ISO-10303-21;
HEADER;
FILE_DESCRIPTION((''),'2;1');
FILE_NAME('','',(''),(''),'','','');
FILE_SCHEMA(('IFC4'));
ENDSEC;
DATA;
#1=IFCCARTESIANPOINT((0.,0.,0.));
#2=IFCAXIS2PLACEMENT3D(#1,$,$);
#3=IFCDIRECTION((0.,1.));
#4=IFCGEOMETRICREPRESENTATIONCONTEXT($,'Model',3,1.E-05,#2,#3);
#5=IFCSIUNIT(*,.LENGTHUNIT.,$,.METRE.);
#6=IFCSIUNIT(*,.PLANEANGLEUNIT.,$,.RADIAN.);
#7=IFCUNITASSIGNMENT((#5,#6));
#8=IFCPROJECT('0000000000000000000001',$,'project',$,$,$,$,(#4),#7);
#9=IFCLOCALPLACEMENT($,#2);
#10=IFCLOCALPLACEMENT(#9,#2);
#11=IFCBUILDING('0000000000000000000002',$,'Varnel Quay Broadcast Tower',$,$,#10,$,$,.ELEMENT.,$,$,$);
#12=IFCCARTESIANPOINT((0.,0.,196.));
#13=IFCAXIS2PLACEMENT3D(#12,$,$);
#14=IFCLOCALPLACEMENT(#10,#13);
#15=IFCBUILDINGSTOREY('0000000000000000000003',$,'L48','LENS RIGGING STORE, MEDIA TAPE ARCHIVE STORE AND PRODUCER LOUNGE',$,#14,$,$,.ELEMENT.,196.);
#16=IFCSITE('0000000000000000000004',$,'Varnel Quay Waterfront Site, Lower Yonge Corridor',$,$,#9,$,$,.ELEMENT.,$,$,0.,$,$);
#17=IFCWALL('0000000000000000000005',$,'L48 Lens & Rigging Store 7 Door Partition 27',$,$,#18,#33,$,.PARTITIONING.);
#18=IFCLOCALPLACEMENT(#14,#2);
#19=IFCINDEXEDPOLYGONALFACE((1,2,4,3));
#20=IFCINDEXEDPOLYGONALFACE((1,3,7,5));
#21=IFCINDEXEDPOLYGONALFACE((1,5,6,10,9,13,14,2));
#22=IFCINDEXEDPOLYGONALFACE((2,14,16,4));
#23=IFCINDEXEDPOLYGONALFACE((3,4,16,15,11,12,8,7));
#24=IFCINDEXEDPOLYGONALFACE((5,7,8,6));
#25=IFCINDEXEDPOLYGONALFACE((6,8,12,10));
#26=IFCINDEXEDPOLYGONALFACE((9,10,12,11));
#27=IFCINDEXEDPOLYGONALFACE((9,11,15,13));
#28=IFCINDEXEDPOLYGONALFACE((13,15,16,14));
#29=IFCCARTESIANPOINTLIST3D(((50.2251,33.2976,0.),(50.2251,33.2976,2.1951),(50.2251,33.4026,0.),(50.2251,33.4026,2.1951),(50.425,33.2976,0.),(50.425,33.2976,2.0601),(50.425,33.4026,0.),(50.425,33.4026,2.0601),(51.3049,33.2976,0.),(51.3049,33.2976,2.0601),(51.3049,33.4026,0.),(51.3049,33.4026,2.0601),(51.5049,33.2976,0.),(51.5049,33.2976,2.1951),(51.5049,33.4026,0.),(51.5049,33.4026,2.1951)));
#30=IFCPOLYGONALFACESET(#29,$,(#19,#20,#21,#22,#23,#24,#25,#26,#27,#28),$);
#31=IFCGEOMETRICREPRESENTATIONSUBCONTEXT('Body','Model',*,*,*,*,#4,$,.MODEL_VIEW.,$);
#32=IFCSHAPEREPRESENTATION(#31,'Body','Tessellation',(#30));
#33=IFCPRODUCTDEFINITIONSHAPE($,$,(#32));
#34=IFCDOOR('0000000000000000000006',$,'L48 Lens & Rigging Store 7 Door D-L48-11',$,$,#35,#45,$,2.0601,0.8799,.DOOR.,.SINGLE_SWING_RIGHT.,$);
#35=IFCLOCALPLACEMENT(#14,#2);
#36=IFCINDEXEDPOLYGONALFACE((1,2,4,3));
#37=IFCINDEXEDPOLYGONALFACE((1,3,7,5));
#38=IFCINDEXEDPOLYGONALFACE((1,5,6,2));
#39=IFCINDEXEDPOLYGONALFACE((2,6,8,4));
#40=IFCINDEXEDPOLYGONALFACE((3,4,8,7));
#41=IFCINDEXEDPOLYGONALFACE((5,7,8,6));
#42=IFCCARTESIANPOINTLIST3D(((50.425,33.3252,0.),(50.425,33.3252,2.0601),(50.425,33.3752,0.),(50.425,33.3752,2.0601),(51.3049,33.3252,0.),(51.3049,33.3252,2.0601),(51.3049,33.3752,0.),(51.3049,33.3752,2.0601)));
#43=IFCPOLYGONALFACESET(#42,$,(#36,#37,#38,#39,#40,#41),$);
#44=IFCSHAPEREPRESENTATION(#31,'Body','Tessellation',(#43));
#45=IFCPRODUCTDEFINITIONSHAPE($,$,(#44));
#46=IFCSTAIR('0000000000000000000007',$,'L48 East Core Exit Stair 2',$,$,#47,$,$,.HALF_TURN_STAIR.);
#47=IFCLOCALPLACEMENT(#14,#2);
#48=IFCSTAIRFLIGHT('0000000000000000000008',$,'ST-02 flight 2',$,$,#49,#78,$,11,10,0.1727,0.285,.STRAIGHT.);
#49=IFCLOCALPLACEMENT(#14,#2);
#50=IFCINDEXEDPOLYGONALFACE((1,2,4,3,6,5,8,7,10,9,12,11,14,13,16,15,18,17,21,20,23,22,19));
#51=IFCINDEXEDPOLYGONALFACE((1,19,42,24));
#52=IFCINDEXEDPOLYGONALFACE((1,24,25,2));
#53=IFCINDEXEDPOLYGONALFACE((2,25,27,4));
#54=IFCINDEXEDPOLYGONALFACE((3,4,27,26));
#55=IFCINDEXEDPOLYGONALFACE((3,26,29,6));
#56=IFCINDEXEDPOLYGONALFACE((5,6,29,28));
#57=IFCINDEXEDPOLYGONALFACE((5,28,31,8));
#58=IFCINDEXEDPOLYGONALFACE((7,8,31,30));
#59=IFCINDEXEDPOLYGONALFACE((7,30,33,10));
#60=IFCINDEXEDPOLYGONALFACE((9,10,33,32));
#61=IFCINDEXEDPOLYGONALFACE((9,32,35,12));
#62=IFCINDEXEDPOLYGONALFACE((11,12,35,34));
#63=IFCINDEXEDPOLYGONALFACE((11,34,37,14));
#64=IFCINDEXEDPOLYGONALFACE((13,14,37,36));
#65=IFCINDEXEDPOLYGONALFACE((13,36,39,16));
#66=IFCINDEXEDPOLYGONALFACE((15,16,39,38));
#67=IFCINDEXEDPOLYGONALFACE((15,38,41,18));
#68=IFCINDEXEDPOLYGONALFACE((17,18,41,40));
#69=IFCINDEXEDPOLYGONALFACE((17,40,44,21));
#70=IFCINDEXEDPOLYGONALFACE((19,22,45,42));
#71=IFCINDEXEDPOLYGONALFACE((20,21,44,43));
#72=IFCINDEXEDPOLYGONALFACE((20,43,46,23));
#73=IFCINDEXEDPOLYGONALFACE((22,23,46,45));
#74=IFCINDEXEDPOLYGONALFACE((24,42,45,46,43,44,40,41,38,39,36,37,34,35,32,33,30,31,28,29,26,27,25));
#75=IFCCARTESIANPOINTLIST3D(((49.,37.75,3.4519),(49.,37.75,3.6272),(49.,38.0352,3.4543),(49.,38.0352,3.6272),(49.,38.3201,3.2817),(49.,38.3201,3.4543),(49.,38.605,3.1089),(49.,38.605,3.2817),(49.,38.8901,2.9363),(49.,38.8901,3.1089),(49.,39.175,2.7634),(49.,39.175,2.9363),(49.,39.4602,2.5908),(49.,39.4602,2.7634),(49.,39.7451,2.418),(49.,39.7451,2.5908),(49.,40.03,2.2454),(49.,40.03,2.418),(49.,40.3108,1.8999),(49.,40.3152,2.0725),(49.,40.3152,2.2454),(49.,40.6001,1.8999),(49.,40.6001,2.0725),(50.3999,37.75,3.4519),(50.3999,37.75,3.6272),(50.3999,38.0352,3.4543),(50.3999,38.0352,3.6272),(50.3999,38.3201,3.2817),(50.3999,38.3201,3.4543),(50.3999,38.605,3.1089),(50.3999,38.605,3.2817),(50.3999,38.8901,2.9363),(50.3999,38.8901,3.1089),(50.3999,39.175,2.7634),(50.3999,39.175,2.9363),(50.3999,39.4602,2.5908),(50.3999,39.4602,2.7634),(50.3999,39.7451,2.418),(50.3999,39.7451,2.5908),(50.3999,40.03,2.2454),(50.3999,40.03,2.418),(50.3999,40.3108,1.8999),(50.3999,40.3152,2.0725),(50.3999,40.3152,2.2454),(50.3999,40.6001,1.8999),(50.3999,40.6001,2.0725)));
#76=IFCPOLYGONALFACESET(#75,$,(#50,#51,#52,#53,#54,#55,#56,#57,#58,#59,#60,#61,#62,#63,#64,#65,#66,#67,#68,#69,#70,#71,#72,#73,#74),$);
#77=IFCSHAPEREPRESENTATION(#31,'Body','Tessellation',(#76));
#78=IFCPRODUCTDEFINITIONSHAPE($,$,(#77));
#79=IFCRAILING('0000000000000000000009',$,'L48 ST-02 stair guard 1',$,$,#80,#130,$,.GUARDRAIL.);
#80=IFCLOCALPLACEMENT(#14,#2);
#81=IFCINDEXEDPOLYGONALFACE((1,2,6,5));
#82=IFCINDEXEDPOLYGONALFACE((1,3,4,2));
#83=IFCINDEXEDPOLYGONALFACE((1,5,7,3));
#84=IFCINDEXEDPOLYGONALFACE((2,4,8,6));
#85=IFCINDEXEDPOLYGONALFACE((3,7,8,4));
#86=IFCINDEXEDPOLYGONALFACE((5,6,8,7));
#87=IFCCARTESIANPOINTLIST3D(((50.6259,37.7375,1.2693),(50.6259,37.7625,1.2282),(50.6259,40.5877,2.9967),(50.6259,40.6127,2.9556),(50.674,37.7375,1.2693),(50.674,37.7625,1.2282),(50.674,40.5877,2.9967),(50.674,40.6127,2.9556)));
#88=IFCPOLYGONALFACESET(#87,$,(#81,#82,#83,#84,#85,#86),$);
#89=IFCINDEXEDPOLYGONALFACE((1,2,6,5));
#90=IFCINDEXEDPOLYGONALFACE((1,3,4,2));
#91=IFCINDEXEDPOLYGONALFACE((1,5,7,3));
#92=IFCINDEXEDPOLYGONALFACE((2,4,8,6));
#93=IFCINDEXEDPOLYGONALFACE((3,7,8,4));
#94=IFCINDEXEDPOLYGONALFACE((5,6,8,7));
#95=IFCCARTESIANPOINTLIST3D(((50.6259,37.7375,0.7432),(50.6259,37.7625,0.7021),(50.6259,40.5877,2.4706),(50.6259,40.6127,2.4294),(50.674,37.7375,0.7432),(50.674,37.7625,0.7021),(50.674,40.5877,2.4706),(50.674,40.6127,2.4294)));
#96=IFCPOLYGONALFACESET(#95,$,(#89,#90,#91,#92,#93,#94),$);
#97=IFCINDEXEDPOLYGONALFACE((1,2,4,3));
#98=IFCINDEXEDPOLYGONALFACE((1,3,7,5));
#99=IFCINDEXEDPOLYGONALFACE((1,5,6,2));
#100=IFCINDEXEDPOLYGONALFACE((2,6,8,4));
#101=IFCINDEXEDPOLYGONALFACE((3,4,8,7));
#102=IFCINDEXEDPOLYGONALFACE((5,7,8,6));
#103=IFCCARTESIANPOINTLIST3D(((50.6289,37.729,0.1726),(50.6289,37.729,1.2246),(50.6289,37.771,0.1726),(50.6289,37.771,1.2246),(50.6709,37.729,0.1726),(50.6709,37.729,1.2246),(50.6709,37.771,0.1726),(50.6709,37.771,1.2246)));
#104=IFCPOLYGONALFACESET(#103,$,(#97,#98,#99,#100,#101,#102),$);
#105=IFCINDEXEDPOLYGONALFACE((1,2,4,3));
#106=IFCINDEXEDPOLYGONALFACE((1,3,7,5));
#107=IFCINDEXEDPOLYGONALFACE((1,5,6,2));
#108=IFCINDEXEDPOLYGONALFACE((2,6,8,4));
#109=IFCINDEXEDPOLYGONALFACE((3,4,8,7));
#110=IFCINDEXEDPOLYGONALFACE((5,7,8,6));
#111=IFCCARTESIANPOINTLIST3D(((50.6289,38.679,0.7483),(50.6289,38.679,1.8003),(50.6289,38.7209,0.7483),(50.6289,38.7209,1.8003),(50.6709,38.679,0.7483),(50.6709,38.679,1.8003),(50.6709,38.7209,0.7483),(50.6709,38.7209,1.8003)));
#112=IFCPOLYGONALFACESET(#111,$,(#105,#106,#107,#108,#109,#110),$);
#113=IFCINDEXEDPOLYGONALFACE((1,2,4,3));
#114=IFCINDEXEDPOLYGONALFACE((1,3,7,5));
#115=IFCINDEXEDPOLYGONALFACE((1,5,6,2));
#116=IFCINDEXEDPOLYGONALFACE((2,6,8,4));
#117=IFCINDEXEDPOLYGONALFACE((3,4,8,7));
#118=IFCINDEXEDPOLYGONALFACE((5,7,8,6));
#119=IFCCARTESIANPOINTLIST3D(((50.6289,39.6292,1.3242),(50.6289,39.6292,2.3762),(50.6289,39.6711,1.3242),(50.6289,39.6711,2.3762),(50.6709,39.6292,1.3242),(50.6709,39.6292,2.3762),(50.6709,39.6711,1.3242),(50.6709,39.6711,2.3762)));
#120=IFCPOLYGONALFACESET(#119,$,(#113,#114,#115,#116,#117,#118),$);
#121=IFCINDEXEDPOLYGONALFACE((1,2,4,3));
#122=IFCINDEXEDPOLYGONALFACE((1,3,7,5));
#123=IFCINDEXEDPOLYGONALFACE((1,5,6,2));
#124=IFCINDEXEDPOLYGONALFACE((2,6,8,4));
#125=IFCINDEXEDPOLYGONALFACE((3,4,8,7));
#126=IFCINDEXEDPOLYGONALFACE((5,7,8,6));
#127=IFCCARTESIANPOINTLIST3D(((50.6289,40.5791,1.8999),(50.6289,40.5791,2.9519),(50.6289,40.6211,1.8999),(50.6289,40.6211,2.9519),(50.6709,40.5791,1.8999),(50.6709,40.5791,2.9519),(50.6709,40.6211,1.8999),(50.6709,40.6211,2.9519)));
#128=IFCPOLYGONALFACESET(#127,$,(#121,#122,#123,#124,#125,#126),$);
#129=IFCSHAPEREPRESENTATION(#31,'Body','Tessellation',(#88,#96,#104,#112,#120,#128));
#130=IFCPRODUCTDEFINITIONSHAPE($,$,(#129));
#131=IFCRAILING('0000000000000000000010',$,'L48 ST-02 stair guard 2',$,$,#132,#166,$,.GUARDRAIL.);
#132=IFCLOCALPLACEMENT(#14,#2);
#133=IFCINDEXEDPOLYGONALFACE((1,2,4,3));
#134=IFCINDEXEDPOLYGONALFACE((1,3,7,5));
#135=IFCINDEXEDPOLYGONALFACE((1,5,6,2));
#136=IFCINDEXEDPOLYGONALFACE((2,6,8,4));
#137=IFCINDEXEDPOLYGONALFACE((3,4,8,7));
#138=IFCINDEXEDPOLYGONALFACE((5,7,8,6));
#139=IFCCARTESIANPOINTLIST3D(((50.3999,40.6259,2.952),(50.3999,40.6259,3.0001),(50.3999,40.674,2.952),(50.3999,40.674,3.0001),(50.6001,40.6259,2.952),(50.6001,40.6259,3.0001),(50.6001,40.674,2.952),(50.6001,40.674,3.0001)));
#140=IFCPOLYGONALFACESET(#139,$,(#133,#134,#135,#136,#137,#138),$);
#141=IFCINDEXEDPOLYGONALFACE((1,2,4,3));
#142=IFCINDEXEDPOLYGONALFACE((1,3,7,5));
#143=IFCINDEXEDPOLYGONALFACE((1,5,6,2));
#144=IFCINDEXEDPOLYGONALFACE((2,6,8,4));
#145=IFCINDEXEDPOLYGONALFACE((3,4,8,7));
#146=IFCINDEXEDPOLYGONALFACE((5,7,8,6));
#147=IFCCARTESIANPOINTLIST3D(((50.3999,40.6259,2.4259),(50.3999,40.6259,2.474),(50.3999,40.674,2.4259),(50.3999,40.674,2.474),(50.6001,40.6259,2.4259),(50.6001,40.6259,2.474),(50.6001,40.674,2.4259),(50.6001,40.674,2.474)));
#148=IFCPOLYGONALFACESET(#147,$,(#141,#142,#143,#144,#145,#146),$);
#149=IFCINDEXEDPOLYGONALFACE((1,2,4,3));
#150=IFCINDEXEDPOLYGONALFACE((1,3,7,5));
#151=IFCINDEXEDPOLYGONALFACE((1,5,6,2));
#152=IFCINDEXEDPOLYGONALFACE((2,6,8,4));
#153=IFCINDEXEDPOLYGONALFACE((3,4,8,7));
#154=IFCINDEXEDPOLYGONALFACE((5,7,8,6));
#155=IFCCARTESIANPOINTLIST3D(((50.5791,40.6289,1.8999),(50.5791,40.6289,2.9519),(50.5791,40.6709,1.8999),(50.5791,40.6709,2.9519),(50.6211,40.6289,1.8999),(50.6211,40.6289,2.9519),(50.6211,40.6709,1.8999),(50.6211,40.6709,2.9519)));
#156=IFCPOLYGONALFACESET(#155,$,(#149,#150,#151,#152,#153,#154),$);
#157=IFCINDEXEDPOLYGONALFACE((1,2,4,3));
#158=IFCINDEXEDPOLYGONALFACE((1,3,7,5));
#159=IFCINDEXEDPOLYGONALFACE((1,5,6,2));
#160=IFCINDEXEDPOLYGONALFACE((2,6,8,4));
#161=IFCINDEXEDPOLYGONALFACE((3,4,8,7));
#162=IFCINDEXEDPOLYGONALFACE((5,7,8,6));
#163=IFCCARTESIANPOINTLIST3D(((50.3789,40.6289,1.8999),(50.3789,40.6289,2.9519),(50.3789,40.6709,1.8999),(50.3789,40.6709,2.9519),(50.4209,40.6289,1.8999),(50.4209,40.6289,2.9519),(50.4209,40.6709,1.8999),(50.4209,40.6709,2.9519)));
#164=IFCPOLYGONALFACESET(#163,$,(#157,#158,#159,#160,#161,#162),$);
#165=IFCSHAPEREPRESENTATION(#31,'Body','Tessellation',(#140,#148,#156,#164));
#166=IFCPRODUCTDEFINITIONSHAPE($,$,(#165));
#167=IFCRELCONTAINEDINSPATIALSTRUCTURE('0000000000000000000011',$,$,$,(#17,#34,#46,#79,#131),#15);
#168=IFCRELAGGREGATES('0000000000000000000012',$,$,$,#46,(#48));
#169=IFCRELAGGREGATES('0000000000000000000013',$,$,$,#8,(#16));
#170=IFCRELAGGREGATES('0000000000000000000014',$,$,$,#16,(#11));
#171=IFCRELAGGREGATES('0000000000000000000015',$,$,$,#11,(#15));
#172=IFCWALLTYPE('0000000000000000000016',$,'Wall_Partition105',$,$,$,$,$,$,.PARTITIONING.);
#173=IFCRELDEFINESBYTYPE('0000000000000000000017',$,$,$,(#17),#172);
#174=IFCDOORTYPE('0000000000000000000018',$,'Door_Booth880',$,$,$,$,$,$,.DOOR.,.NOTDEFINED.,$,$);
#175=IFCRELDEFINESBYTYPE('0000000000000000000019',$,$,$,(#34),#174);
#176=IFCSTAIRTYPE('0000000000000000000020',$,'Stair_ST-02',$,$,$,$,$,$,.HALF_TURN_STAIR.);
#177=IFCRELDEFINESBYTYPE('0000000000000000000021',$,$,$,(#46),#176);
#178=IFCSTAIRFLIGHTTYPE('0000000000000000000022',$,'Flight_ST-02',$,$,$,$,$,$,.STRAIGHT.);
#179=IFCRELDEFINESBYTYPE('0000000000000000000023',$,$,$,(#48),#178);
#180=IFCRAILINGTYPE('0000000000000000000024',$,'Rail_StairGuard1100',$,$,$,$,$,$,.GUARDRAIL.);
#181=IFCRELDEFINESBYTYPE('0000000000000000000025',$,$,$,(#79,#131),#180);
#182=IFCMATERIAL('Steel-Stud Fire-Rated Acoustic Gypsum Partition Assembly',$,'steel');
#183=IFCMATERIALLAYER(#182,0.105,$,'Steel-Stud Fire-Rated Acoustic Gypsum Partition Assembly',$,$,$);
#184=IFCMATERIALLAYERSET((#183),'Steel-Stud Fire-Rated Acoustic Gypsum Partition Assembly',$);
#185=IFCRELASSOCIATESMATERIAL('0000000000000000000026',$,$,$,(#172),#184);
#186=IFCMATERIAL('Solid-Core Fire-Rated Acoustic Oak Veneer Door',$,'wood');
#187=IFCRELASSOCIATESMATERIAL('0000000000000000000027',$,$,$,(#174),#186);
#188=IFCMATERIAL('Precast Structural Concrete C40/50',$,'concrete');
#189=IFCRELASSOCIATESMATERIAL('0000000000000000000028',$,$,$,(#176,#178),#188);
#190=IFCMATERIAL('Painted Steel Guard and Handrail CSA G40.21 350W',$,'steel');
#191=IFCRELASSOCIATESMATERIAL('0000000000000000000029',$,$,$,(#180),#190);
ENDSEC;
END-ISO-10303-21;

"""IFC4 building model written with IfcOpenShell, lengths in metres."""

from ifc_helpers import new_model, si_unit, direction, frame, frame_2d, origin, origin_2d, place, context, subcontext, project, spatial, polyline, rectangle, outline, extrude, source, transform, mapped, material, layer, layer_set, type_object, type_shapes, element, fill, aggregate, save


model = new_model("IFC4")

# Units and contexts
model_context = context("Model", 3, precision=1e-05, world=origin(), true_north=direction((0.0, 1.0)))
body_context = subcontext(model_context, "Body", "Model", "MODEL_VIEW")
ifc_project = project(units=[si_unit("LENGTHUNIT", "METRE"), si_unit("PLANEANGLEUNIT", "RADIAN")], contexts=[model_context])

# Site, building, storey
site_placement = place(None, origin())
site = spatial("IfcSite", under=ifc_project, at=site_placement, Name="Varnel Quay Waterfront Site, Lower Yonge Corridor", CompositionType="ELEMENT", RefElevation=0.0)
building_placement = place(site_placement, origin())
building = spatial("IfcBuilding", under=site, at=building_placement, Name="Varnel Quay Broadcast Tower", CompositionType="ELEMENT")
storey_placement = place(building_placement, frame((0.0, 0.0, 196.0)))
storey = spatial("IfcBuildingStorey", under=building, at=storey_placement, Name="L48", Description="LENS RIGGING STORE, MEDIA TAPE ARCHIVE STORE AND PRODUCER LOUNGE", CompositionType="ELEMENT", Elevation=196.0)

# Wall, opening, door
ifc_material_1 = material(Name="Steel-Stud Fire-Rated Acoustic Gypsum Partition Assembly", Category="steel")
ifc_layer_1 = layer(ifc_material_1, 0.105, Name="Steel-Stud Fire-Rated Acoustic Gypsum Partition Assembly")
ifc_layer_set_1 = layer_set([ifc_layer_1], Name="Steel-Stud Fire-Rated Acoustic Gypsum Partition Assembly")
wall_type_1 = type_object("IfcWallType", Name="Wall_Partition105", PredefinedType="PARTITIONING", material=ifc_layer_set_1)
wall_1_placement = place(storey_placement, frame((50.2251, 33.3501, 0.0), z_axis=(0.0, 0.0, 1.0), x_axis=(1.0, 0.0, 0.0)))
wall_1 = element("IfcWall", 1, at=wall_1_placement, inside=storey, type_object=wall_type_1, Name="L48 Lens & Rigging Store 7 Door Partition 27", PredefinedType="PARTITIONING", context=body_context, shape_type="SweptSolid", body=[
    extrude(rectangle(XDim=1.2798, YDim=0.105, at=frame_2d((0.6399, 0.0))), origin(), (0.0, 0.0, 1.0), 2.1951),
])
opening_1_placement = place(wall_1_placement, frame((0.2, 0.0, 0.0)))
opening_1 = element("IfcOpeningElement", 2, at=opening_1_placement, cuts=wall_1, PredefinedType="OPENING", context=body_context, shape_type="SweptSolid", body=[
    extrude(rectangle(XDim=0.8799, YDim=2.0601, at=frame_2d((0.4399, 1.03))), frame((0.0, 0.0625, 0.0), z_axis=(0.0, -1.0, 0.0), x_axis=(1.0, 0.0, 0.0)), (0.0, 0.0, 1.0), 0.125),
])
ifc_material_2 = material(Name="Solid-Core Fire-Rated Acoustic Oak Veneer Door", Category="wood")
door_type_1 = type_object("IfcDoorType", Name="Door_Booth880", OperationType="NOTDEFINED", PredefinedType="DOOR", material=ifc_material_2)
shared_shape_1 = source(origin(), body_context, "Body", "SweptSolid", [
    extrude(rectangle(XDim=0.8799, YDim=2.0601, at=frame_2d((0.4399, 1.03))), frame((0.0, 0.0249, 0.0), z_axis=(0.0, -1.0, 0.0), x_axis=(1.0, 0.0, 0.0)), (0.0, 0.0, 1.0), 0.05),
])
type_shapes(door_type_1, [shared_shape_1])
door_1_placement = place(opening_1_placement, frame((0.8799, 0.0, 0.0), z_axis=(0.0, 0.0, 1.0), x_axis=(-1.0, 0.0, 0.0)))
door_1 = element("IfcDoor", 3, at=door_1_placement, inside=storey, type_object=door_type_1, Name="L48 Lens & Rigging Store 7 Door D-L48-11", OperationType="SINGLE_SWING_RIGHT", OverallHeight=2.0601, OverallWidth=0.8799, PredefinedType="DOOR", context=body_context, shape_type="MappedRepresentation", body=[
    mapped(shared_shape_1, transform((0.0, 0.0, 0.0), x_axis=(1.0, 0.0, 0.0), y_axis=(0.0, 1.0, 0.0), z_axis=(0.0, 0.0, 1.0), scale=1.0)),
])
fill(opening_1, door_1)

# Stair, stair flight
ifc_material_3 = material(Name="Precast Structural Concrete C40/50", Category="concrete")
stair_type = type_object("IfcStairType", Name="Stair_ST-02", PredefinedType="HALF_TURN_STAIR", material=ifc_material_3)
stair_placement = place(storey_placement, origin())
stair = element("IfcStair", 4, at=stair_placement, inside=storey, type_object=stair_type, Name="L48 East Core Exit Stair 2", PredefinedType="HALF_TURN_STAIR")
stair_flight_type = type_object("IfcStairFlightType", Name="Flight_ST-02", PredefinedType="STRAIGHT", material=ifc_material_3)
stair_flight_placement = place(storey_placement, frame((49.7, 40.6001, 1.8999), z_axis=(0.0, 0.0, 1.0), x_axis=(0.0, -1.0, 0.0)))
stair_flight = element("IfcStairFlight", 5, at=stair_flight_placement, type_object=stair_flight_type, Name="ST-02 flight 2", NumberOfRisers=11, NumberOfTreads=10, PredefinedType="STRAIGHT", RiserHeight=0.1727, TreadLength=0.285, context=body_context, shape_type="SweptSolid", body=[
    extrude(outline(polyline([(0.0, 0.0), (0.0, 0.1726), (0.2849, 0.1726), (0.2849, 0.3455), (0.5701, 0.3455), (0.5701, 0.5181), (0.855, 0.5181), (0.855, 0.6909), (1.1399, 0.6909), (1.1399, 0.8635), (1.425, 0.8635), (1.425, 1.0364), (1.71, 1.0364), (1.71, 1.209), (1.9951, 1.209), (1.9951, 1.3818), (2.28, 1.3818), (2.28, 1.5544), (2.5649, 1.5544), (2.5649, 1.7273), (2.8501, 1.7273), (2.8501, 1.8999), (2.8501, 1.552), (0.2893, 0.0), (0.0, 0.0)])), frame((0.0, 0.7, 0.0), z_axis=(0.0, -1.0, 0.0), x_axis=(1.0, 0.0, 0.0)), (0.0, 0.0, 1.0), 1.3999),
])
aggregate(stair, [stair_flight])

# Railings
ifc_material_4 = material(Name="Painted Steel Guard and Handrail CSA G40.21 350W", Category="steel")
railing_type_1 = type_object("IfcRailingType", Name="Rail_StairGuard1100", PredefinedType="GUARDRAIL", material=ifc_material_4)
railing_1_placement = place(storey_placement, frame((50.6499, 37.75, 0.1726)))
element("IfcRailing", 6, at=railing_1_placement, inside=storey, type_object=railing_type_1, Name="L48 ST-02 stair guard 1", PredefinedType="GUARDRAIL", context=body_context, shape_type="SweptSolid", body=[
    extrude(rectangle(XDim=0.0481, YDim=0.0481, at=origin_2d()), frame((0.0, 0.0, 1.0762), z_axis=(0.0, 0.855203, 0.518294), x_axis=(-1.0, 0.0, 0.0)), (0.0, 0.0, 1.0), 3.3328),
    extrude(rectangle(XDim=0.0481, YDim=0.0481, at=origin_2d()), frame((0.0, 0.0, 0.55), z_axis=(0.0, 0.855203, 0.518294), x_axis=(-1.0, 0.0, 0.0)), (0.0, 0.0, 1.0), 3.3328),
    extrude(rectangle(XDim=0.042, YDim=0.042, at=origin_2d()), origin(), (0.0, 0.0, 1.0), 1.052),
    extrude(rectangle(XDim=0.042, YDim=0.042, at=origin_2d()), frame((0.0, 0.95, 0.5757)), (0.0, 0.0, 1.0), 1.052),
    extrude(rectangle(XDim=0.042, YDim=0.042, at=origin_2d()), frame((0.0, 1.9001, 1.1516)), (0.0, 0.0, 1.0), 1.052),
    extrude(rectangle(XDim=0.042, YDim=0.042, at=origin_2d()), frame((0.0, 2.8501, 1.7273)), (0.0, 0.0, 1.0), 1.052),
])
railing_2_placement = place(storey_placement, frame((50.6001, 40.6499, 1.8999)))
element("IfcRailing", 7, at=railing_2_placement, inside=storey, type_object=railing_type_1, Name="L48 ST-02 stair guard 2", PredefinedType="GUARDRAIL", context=body_context, shape_type="SweptSolid", body=[
    extrude(rectangle(XDim=0.0481, YDim=0.0481, at=origin_2d()), frame((0.0, 0.0, 1.0762), z_axis=(-1.0, 0.0, 0.0), x_axis=(0.0, -1.0, 0.0)), (0.0, 0.0, 1.0), 0.2002),
    extrude(rectangle(XDim=0.0481, YDim=0.0481, at=origin_2d()), frame((0.0, 0.0, 0.55), z_axis=(-1.0, 0.0, 0.0), x_axis=(0.0, -1.0, 0.0)), (0.0, 0.0, 1.0), 0.2002),
    extrude(rectangle(XDim=0.042, YDim=0.042, at=origin_2d()), origin(), (0.0, 0.0, 1.0), 1.052),
    extrude(rectangle(XDim=0.042, YDim=0.042, at=origin_2d()), frame((-0.2002, 0.0, 0.0)), (0.0, 0.0, 1.0), 1.052),
])

save(model, "model.ifc")
